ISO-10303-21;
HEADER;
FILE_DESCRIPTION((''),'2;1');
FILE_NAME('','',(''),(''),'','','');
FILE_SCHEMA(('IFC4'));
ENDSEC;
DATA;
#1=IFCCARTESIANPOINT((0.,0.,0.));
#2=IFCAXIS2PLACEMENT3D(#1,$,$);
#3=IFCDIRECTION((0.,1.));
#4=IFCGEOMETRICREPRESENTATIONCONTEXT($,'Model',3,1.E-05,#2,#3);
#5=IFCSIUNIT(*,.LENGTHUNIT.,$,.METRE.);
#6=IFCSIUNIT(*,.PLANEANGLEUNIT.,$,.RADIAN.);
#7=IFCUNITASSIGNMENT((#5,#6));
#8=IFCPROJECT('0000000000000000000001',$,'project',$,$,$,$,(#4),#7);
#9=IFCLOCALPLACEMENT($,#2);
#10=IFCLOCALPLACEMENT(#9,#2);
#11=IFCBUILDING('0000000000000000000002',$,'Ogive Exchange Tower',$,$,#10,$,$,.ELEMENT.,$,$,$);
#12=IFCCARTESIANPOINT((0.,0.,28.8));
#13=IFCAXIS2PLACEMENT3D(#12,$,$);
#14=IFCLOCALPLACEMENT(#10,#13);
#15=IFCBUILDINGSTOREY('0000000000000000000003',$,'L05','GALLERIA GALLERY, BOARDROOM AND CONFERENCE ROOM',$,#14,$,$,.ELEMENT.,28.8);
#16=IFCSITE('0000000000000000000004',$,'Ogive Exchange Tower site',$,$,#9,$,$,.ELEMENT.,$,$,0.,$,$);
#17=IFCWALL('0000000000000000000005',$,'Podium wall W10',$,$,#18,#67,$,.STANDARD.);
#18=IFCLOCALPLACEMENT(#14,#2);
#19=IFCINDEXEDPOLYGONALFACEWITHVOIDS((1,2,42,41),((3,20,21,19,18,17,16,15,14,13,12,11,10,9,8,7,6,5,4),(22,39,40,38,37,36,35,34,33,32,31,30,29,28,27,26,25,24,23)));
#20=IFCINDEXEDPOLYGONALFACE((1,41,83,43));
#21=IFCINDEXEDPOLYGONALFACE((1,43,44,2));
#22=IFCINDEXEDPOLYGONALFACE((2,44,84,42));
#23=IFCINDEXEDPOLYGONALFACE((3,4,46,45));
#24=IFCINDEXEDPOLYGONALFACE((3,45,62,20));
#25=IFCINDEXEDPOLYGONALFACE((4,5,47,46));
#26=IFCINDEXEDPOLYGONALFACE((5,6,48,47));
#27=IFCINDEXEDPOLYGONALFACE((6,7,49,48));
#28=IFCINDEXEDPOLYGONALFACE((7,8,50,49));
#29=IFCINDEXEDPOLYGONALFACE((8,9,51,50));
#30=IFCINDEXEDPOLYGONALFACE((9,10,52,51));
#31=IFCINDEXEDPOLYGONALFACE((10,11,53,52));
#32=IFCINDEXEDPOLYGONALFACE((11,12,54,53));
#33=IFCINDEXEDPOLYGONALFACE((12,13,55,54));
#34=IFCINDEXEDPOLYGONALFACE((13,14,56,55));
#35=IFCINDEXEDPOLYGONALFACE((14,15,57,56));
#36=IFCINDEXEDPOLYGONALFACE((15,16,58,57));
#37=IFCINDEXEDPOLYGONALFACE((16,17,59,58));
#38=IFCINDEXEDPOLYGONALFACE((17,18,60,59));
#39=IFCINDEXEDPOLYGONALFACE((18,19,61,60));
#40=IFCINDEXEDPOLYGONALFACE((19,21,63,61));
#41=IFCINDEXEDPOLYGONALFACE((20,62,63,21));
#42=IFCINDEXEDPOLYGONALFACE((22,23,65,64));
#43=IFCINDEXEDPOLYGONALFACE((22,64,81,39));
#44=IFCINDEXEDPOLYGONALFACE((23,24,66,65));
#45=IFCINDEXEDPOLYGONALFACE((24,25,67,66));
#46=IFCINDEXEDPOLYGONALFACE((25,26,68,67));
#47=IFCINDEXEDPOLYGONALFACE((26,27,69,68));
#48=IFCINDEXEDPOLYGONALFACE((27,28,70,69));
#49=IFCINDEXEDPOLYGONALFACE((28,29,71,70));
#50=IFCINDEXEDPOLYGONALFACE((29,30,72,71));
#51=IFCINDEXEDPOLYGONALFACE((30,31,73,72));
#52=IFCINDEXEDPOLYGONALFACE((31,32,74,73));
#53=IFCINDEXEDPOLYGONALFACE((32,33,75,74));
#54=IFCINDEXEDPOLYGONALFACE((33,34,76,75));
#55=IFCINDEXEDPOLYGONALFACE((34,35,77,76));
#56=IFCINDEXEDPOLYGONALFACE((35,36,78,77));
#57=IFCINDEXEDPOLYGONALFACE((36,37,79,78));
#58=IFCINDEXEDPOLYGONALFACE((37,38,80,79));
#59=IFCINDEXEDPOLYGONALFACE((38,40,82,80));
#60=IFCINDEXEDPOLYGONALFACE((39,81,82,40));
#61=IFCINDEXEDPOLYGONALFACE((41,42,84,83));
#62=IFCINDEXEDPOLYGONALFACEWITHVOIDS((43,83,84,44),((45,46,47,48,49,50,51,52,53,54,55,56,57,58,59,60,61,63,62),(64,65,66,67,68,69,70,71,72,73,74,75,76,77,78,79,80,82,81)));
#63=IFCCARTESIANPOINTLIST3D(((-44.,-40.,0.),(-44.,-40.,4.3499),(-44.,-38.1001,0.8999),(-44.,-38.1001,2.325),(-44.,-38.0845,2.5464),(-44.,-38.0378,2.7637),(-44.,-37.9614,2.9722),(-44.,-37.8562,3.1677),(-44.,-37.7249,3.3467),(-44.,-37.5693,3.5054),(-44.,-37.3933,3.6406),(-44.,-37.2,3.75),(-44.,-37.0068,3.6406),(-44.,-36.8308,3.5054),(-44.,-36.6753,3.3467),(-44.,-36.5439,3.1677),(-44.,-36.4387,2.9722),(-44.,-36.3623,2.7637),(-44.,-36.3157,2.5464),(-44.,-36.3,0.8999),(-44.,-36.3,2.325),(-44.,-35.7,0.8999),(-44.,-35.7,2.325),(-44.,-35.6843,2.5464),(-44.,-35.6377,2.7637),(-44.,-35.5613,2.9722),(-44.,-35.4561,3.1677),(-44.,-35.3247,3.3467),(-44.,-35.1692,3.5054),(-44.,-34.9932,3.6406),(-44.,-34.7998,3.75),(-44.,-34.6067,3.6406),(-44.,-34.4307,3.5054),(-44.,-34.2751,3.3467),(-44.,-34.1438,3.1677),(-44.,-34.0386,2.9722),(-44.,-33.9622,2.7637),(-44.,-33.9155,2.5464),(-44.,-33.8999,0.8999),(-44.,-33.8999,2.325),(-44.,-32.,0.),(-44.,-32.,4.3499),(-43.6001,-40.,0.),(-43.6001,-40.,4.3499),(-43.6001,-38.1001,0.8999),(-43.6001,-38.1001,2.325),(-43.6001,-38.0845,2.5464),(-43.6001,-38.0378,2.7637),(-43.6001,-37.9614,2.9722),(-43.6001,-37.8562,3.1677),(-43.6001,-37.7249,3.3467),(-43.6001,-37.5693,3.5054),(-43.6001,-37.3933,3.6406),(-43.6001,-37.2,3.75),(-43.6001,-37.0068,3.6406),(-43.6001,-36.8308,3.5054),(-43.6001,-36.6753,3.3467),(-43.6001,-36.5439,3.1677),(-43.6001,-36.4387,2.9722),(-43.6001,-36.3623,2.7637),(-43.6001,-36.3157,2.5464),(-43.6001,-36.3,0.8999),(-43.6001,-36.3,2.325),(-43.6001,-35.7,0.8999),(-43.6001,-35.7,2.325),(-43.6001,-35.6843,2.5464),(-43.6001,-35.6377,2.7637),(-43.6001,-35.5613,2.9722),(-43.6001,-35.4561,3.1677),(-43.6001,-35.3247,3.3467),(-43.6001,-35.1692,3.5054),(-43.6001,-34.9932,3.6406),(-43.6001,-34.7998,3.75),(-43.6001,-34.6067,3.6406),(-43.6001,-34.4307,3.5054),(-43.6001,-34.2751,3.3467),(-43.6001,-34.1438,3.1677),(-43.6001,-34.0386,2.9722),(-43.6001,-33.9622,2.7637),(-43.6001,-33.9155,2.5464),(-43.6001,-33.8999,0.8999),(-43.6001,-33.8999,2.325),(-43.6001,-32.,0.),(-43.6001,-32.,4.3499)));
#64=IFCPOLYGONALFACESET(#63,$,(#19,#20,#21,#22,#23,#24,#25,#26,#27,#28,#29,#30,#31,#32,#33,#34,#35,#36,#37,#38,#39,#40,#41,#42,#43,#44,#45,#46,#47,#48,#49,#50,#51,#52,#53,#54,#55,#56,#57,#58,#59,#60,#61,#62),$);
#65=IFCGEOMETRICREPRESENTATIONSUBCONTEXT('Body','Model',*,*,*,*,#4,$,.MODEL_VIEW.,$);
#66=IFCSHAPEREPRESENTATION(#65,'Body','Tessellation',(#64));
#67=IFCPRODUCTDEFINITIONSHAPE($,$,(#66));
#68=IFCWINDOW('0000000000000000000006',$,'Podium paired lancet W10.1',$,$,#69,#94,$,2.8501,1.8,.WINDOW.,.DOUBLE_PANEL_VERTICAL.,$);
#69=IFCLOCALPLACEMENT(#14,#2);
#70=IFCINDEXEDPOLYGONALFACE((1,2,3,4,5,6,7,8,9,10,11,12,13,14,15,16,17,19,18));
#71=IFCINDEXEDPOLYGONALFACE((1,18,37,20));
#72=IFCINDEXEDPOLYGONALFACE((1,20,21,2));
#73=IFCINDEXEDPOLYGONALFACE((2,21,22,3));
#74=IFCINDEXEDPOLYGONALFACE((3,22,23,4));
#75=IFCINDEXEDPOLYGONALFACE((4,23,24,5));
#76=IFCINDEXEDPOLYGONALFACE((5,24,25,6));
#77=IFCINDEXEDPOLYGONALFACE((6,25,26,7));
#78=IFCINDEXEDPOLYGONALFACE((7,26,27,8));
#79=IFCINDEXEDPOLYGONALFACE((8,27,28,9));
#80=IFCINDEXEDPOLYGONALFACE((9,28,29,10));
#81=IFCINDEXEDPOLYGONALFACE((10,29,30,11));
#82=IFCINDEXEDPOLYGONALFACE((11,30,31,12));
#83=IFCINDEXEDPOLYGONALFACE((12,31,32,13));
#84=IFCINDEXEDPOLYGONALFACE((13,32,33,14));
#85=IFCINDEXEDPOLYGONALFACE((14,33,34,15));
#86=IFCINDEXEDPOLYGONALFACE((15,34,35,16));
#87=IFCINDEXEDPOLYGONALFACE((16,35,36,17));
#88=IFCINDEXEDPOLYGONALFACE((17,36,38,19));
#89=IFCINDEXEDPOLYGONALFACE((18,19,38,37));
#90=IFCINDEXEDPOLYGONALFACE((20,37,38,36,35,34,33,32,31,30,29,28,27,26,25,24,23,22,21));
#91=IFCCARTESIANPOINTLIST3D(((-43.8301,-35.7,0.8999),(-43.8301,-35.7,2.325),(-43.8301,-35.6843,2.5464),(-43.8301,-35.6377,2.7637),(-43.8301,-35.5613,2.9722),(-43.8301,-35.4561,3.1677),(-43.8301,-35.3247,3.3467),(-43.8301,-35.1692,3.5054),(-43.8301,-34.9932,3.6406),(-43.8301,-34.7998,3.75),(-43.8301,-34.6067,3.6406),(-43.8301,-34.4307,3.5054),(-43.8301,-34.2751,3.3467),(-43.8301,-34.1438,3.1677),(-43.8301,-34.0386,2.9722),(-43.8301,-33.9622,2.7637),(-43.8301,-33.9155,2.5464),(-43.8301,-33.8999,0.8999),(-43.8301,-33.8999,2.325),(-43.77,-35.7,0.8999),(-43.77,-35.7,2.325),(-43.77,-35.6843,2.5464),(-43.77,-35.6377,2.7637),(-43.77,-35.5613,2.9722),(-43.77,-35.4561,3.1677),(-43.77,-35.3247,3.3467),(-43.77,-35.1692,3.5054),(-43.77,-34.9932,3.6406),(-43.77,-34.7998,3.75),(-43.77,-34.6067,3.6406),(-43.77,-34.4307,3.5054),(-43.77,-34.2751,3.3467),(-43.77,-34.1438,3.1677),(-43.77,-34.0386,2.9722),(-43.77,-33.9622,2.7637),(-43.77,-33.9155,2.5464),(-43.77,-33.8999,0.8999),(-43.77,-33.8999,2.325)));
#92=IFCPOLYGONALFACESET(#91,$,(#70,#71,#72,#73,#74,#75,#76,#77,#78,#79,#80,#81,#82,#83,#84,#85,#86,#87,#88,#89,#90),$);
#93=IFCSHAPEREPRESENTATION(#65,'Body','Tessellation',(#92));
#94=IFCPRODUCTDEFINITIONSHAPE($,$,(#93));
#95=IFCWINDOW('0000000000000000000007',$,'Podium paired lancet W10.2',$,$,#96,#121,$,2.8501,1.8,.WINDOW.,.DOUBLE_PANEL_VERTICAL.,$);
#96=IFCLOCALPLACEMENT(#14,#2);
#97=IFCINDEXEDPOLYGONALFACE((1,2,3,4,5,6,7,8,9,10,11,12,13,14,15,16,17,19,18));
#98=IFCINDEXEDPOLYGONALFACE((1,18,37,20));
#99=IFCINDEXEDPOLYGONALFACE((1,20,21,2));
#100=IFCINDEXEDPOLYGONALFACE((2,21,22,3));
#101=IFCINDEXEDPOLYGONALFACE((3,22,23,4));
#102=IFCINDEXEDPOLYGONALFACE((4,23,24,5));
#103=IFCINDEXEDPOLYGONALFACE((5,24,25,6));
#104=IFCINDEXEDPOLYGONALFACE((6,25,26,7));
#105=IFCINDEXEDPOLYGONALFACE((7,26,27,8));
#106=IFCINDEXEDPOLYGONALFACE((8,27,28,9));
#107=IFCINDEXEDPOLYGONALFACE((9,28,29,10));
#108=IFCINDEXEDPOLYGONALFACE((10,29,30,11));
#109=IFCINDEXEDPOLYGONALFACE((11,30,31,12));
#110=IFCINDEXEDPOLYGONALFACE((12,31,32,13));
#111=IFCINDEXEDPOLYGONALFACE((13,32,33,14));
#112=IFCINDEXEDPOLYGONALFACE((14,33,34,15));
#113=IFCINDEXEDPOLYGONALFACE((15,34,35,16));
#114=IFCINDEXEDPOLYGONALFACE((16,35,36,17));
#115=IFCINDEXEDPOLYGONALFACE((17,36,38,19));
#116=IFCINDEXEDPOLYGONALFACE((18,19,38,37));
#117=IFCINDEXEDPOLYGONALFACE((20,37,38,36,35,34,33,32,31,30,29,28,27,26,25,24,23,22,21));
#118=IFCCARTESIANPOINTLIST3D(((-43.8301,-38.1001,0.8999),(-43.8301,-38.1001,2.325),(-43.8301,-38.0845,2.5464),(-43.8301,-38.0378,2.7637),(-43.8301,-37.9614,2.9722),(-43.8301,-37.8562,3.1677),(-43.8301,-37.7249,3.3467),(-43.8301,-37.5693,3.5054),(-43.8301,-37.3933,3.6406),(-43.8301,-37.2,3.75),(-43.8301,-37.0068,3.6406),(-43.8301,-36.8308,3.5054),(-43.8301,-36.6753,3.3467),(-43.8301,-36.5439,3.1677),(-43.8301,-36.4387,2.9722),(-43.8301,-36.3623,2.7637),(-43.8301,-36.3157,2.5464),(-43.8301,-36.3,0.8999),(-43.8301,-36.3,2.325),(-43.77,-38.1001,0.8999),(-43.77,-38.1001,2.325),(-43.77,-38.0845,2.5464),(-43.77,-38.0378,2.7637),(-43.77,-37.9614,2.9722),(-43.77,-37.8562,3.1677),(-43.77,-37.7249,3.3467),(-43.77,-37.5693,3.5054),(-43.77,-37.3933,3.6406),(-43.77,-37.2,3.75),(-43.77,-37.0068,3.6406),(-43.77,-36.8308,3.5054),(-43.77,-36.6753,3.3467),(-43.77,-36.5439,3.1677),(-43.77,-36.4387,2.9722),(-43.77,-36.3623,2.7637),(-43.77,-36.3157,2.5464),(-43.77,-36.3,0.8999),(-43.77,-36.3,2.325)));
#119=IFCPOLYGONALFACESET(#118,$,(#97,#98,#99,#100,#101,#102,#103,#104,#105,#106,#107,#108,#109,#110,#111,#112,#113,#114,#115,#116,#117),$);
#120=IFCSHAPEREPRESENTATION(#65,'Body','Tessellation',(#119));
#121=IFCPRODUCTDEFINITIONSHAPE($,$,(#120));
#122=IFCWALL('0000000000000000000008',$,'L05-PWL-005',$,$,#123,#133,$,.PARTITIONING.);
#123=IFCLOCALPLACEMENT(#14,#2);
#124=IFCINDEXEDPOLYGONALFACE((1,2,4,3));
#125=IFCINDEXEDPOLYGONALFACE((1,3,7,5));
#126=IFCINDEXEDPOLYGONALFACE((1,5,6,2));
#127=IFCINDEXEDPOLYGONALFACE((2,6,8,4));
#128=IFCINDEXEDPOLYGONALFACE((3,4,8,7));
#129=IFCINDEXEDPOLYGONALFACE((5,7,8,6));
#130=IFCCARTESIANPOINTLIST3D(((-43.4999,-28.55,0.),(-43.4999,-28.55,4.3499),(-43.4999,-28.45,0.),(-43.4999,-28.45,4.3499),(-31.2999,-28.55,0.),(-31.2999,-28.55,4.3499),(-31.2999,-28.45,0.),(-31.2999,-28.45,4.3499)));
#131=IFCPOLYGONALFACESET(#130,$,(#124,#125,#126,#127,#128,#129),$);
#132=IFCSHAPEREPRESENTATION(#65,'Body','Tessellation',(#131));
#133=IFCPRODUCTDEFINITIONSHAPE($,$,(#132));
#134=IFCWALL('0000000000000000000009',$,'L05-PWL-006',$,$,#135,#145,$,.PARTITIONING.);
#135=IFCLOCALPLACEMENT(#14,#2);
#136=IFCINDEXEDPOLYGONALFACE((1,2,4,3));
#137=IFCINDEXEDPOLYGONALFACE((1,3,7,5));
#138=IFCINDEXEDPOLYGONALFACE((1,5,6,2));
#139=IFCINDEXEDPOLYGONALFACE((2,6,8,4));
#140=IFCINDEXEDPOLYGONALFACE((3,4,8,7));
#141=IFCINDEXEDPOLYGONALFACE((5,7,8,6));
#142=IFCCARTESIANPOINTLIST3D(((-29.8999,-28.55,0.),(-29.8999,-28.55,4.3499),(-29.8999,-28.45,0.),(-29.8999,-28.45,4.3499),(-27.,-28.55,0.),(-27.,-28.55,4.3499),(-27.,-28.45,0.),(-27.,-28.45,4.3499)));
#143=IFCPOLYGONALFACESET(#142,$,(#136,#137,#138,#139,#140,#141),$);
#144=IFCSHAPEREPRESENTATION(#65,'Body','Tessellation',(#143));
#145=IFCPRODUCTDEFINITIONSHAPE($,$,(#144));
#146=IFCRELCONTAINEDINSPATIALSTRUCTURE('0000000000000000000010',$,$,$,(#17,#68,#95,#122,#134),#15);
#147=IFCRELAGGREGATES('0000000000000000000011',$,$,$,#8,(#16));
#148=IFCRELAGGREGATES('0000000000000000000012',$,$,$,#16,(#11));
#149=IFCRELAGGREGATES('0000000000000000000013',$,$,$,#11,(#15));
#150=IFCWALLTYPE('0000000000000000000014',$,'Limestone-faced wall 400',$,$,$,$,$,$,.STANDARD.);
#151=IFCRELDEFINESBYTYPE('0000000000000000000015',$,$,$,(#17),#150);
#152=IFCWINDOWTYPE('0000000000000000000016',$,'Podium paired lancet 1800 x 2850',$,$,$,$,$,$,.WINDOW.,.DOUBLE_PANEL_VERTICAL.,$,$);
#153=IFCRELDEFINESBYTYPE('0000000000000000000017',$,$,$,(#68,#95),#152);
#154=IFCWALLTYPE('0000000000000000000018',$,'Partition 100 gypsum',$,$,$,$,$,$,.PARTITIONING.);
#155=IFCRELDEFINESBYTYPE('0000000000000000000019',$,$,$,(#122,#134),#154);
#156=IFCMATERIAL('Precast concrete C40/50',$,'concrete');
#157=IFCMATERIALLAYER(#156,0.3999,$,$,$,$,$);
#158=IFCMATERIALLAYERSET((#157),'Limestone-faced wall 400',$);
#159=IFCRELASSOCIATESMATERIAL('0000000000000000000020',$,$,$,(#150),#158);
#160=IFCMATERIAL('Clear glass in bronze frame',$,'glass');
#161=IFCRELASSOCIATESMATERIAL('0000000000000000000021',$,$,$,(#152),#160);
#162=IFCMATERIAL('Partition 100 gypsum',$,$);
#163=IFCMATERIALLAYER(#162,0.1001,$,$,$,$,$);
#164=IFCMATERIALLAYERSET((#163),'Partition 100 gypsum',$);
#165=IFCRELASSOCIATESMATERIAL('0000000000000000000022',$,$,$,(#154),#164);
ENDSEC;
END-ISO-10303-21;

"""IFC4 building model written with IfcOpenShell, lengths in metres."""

from ifc_helpers import new_model, si_unit, direction, frame, frame_2d, origin, place, context, subcontext, project, spatial, polyline, rectangle, outline, extrude, material, layer, layer_set, type_object, element, fill, save


model = new_model("IFC4")

# Units and contexts
model_context = context("Model", 3, precision=1e-05, world=origin(), true_north=direction((0.0, 1.0)))
body_context = subcontext(model_context, "Body", "Model", "MODEL_VIEW")
ifc_project = project(units=[si_unit("LENGTHUNIT", "METRE"), si_unit("PLANEANGLEUNIT", "RADIAN")], contexts=[model_context])

# Site, building, storey
site_placement = place(None, origin())
site = spatial("IfcSite", under=ifc_project, at=site_placement, Name="Ogive Exchange Tower site", CompositionType="ELEMENT", RefElevation=0.0)
building_placement = place(site_placement, origin())
building = spatial("IfcBuilding", under=site, at=building_placement, Name="Ogive Exchange Tower", CompositionType="ELEMENT")
storey_placement = place(building_placement, frame((0.0, 0.0, 28.8)))
storey = spatial("IfcBuildingStorey", under=building, at=storey_placement, Name="L05", Description="GALLERIA GALLERY, BOARDROOM AND CONFERENCE ROOM", CompositionType="ELEMENT", Elevation=28.8)

# Wall, openings, windows
ifc_material_1 = material(Name="Precast concrete C40/50", Category="concrete")
ifc_layer_1 = layer(ifc_material_1, 0.3999)
ifc_layer_set_1 = layer_set([ifc_layer_1], Name="Limestone-faced wall 400")
wall_type_1 = type_object("IfcWallType", Name="Limestone-faced wall 400", PredefinedType="STANDARD", material=ifc_layer_set_1)
wall_1_placement = place(storey_placement, frame((-43.8, -32.0, 0.0), z_axis=(0.0, 0.0, 1.0), x_axis=(0.0, -1.0, 0.0)))
wall_1 = element("IfcWall", 1, at=wall_1_placement, inside=storey, type_object=wall_type_1, Name="Podium wall W10", PredefinedType="STANDARD", context=body_context, shape_type="SweptSolid", body=[
    extrude(rectangle(XDim=8.0, YDim=0.3999, at=frame_2d((4.0, 0.0))), origin(), (0.0, 0.0, 1.0), 4.3499),
])
opening_1_placement = place(wall_1_placement, frame((1.8999, 0.0, 0.8999)))
opening_1 = element("IfcOpeningElement", 2, at=opening_1_placement, cuts=wall_1, PredefinedType="OPENING", context=body_context, shape_type="SweptSolid", body=[
    extrude(outline(polyline([(0.0, 0.0), (1.8, 0.0), (1.8, 1.425), (1.7844, 1.6465), (1.7378, 1.8638), (1.6614, 2.0723), (1.5562, 2.2678), (1.4248, 2.4468), (1.2693, 2.6055), (1.0933, 2.7407), (0.8999, 2.8501), (0.7068, 2.7407), (0.5308, 2.6055), (0.3752, 2.4468), (0.2439, 2.2678), (0.1387, 2.0723), (0.0623, 1.8638), (0.0156, 1.6465), (0.0, 1.425), (0.0, 0.0)])), frame((0.0, 0.21, 0.0), z_axis=(0.0, -1.0, 0.0), x_axis=(1.0, 0.0, 0.0)), (0.0, 0.0, 1.0), 0.4199),
])
opening_2_placement = place(wall_1_placement, frame((4.3, 0.0, 0.8999)))
opening_2 = element("IfcOpeningElement", 3, at=opening_2_placement, cuts=wall_1, PredefinedType="OPENING", context=body_context, shape_type="SweptSolid", body=[
    extrude(outline(polyline([(0.0, 0.0), (1.8, 0.0), (1.8, 1.425), (1.7844, 1.6465), (1.7378, 1.8638), (1.6614, 2.0723), (1.5562, 2.2678), (1.4248, 2.4468), (1.2693, 2.6055), (1.0933, 2.7407), (0.8999, 2.8501), (0.7068, 2.7407), (0.5308, 2.6055), (0.3752, 2.4468), (0.2439, 2.2678), (0.1387, 2.0723), (0.0623, 1.8638), (0.0156, 1.6465), (0.0, 1.425), (0.0, 0.0)])), frame((0.0, 0.21, 0.0), z_axis=(0.0, -1.0, 0.0), x_axis=(1.0, 0.0, 0.0)), (0.0, 0.0, 1.0), 0.4199),
])
ifc_material_2 = material(Name="Clear glass in bronze frame", Category="glass")
window_type = type_object("IfcWindowType", Name="Podium paired lancet 1800 x 2850", PartitioningType="DOUBLE_PANEL_VERTICAL", PredefinedType="WINDOW", material=ifc_material_2)
window_1_placement = place(opening_1_placement, origin())
window_1 = element("IfcWindow", 4, at=window_1_placement, inside=storey, type_object=window_type, Name="Podium paired lancet W10.1", OverallHeight=2.8501, OverallWidth=1.8, PartitioningType="DOUBLE_PANEL_VERTICAL", PredefinedType="WINDOW", context=body_context, shape_type="SweptSolid", body=[
    extrude(outline(polyline([(0.0, 0.0), (1.8, 0.0), (1.8, 1.425), (1.7844, 1.6465), (1.7378, 1.8638), (1.6614, 2.0723), (1.5562, 2.2678), (1.4248, 2.4468), (1.2693, 2.6055), (1.0933, 2.7407), (0.8999, 2.8501), (0.7068, 2.7407), (0.5308, 2.6055), (0.3752, 2.4468), (0.2439, 2.2678), (0.1387, 2.0723), (0.0623, 1.8638), (0.0156, 1.6465), (0.0, 1.425), (0.0, 0.0)])), frame((0.0, 0.03, 0.0), z_axis=(0.0, -1.0, 0.0), x_axis=(1.0, 0.0, 0.0)), (0.0, 0.0, 1.0), 0.0601),
])
fill(opening_1, window_1)
window_2_placement = place(opening_2_placement, origin())
window_2 = element("IfcWindow", 5, at=window_2_placement, inside=storey, type_object=window_type, Name="Podium paired lancet W10.2", OverallHeight=2.8501, OverallWidth=1.8, PartitioningType="DOUBLE_PANEL_VERTICAL", PredefinedType="WINDOW", context=body_context, shape_type="SweptSolid", body=[
    extrude(outline(polyline([(0.0, 0.0), (1.8, 0.0), (1.8, 1.425), (1.7844, 1.6465), (1.7378, 1.8638), (1.6614, 2.0723), (1.5562, 2.2678), (1.4248, 2.4468), (1.2693, 2.6055), (1.0933, 2.7407), (0.8999, 2.8501), (0.7068, 2.7407), (0.5308, 2.6055), (0.3752, 2.4468), (0.2439, 2.2678), (0.1387, 2.0723), (0.0623, 1.8638), (0.0156, 1.6465), (0.0, 1.425), (0.0, 0.0)])), frame((0.0, 0.03, 0.0), z_axis=(0.0, -1.0, 0.0), x_axis=(1.0, 0.0, 0.0)), (0.0, 0.0, 1.0), 0.0601),
])
fill(opening_2, window_2)

# Walls
ifc_material_3 = material(Name="Partition 100 gypsum")
ifc_layer_2 = layer(ifc_material_3, 0.1001)
ifc_layer_set_2 = layer_set([ifc_layer_2], Name="Partition 100 gypsum")
wall_type_2 = type_object("IfcWallType", Name="Partition 100 gypsum", PredefinedType="PARTITIONING", material=ifc_layer_set_2)
wall_2_placement = place(storey_placement, frame((-43.5, -28.5, 0.0), z_axis=(0.0, 0.0, 1.0), x_axis=(1.0, 0.0, 0.0)))
element("IfcWall", 6, at=wall_2_placement, inside=storey, type_object=wall_type_2, Name="L05-PWL-005", PredefinedType="PARTITIONING", context=body_context, shape_type="SweptSolid", body=[
    extrude(rectangle(XDim=12.2, YDim=0.1001, at=frame_2d((6.1001, 0.0))), origin(), (0.0, 0.0, 1.0), 4.3499),
])
wall_3_placement = place(storey_placement, frame((-29.8999, -28.5, 0.0), z_axis=(0.0, 0.0, 1.0), x_axis=(1.0, 0.0, 0.0)))
element("IfcWall", 7, at=wall_3_placement, inside=storey, type_object=wall_type_2, Name="L05-PWL-006", PredefinedType="PARTITIONING", context=body_context, shape_type="SweptSolid", body=[
    extrude(rectangle(XDim=2.8999, YDim=0.1001, at=frame_2d((1.45, 0.0))), origin(), (0.0, 0.0, 1.0), 4.3499),
])

save(model, "model.ifc")
